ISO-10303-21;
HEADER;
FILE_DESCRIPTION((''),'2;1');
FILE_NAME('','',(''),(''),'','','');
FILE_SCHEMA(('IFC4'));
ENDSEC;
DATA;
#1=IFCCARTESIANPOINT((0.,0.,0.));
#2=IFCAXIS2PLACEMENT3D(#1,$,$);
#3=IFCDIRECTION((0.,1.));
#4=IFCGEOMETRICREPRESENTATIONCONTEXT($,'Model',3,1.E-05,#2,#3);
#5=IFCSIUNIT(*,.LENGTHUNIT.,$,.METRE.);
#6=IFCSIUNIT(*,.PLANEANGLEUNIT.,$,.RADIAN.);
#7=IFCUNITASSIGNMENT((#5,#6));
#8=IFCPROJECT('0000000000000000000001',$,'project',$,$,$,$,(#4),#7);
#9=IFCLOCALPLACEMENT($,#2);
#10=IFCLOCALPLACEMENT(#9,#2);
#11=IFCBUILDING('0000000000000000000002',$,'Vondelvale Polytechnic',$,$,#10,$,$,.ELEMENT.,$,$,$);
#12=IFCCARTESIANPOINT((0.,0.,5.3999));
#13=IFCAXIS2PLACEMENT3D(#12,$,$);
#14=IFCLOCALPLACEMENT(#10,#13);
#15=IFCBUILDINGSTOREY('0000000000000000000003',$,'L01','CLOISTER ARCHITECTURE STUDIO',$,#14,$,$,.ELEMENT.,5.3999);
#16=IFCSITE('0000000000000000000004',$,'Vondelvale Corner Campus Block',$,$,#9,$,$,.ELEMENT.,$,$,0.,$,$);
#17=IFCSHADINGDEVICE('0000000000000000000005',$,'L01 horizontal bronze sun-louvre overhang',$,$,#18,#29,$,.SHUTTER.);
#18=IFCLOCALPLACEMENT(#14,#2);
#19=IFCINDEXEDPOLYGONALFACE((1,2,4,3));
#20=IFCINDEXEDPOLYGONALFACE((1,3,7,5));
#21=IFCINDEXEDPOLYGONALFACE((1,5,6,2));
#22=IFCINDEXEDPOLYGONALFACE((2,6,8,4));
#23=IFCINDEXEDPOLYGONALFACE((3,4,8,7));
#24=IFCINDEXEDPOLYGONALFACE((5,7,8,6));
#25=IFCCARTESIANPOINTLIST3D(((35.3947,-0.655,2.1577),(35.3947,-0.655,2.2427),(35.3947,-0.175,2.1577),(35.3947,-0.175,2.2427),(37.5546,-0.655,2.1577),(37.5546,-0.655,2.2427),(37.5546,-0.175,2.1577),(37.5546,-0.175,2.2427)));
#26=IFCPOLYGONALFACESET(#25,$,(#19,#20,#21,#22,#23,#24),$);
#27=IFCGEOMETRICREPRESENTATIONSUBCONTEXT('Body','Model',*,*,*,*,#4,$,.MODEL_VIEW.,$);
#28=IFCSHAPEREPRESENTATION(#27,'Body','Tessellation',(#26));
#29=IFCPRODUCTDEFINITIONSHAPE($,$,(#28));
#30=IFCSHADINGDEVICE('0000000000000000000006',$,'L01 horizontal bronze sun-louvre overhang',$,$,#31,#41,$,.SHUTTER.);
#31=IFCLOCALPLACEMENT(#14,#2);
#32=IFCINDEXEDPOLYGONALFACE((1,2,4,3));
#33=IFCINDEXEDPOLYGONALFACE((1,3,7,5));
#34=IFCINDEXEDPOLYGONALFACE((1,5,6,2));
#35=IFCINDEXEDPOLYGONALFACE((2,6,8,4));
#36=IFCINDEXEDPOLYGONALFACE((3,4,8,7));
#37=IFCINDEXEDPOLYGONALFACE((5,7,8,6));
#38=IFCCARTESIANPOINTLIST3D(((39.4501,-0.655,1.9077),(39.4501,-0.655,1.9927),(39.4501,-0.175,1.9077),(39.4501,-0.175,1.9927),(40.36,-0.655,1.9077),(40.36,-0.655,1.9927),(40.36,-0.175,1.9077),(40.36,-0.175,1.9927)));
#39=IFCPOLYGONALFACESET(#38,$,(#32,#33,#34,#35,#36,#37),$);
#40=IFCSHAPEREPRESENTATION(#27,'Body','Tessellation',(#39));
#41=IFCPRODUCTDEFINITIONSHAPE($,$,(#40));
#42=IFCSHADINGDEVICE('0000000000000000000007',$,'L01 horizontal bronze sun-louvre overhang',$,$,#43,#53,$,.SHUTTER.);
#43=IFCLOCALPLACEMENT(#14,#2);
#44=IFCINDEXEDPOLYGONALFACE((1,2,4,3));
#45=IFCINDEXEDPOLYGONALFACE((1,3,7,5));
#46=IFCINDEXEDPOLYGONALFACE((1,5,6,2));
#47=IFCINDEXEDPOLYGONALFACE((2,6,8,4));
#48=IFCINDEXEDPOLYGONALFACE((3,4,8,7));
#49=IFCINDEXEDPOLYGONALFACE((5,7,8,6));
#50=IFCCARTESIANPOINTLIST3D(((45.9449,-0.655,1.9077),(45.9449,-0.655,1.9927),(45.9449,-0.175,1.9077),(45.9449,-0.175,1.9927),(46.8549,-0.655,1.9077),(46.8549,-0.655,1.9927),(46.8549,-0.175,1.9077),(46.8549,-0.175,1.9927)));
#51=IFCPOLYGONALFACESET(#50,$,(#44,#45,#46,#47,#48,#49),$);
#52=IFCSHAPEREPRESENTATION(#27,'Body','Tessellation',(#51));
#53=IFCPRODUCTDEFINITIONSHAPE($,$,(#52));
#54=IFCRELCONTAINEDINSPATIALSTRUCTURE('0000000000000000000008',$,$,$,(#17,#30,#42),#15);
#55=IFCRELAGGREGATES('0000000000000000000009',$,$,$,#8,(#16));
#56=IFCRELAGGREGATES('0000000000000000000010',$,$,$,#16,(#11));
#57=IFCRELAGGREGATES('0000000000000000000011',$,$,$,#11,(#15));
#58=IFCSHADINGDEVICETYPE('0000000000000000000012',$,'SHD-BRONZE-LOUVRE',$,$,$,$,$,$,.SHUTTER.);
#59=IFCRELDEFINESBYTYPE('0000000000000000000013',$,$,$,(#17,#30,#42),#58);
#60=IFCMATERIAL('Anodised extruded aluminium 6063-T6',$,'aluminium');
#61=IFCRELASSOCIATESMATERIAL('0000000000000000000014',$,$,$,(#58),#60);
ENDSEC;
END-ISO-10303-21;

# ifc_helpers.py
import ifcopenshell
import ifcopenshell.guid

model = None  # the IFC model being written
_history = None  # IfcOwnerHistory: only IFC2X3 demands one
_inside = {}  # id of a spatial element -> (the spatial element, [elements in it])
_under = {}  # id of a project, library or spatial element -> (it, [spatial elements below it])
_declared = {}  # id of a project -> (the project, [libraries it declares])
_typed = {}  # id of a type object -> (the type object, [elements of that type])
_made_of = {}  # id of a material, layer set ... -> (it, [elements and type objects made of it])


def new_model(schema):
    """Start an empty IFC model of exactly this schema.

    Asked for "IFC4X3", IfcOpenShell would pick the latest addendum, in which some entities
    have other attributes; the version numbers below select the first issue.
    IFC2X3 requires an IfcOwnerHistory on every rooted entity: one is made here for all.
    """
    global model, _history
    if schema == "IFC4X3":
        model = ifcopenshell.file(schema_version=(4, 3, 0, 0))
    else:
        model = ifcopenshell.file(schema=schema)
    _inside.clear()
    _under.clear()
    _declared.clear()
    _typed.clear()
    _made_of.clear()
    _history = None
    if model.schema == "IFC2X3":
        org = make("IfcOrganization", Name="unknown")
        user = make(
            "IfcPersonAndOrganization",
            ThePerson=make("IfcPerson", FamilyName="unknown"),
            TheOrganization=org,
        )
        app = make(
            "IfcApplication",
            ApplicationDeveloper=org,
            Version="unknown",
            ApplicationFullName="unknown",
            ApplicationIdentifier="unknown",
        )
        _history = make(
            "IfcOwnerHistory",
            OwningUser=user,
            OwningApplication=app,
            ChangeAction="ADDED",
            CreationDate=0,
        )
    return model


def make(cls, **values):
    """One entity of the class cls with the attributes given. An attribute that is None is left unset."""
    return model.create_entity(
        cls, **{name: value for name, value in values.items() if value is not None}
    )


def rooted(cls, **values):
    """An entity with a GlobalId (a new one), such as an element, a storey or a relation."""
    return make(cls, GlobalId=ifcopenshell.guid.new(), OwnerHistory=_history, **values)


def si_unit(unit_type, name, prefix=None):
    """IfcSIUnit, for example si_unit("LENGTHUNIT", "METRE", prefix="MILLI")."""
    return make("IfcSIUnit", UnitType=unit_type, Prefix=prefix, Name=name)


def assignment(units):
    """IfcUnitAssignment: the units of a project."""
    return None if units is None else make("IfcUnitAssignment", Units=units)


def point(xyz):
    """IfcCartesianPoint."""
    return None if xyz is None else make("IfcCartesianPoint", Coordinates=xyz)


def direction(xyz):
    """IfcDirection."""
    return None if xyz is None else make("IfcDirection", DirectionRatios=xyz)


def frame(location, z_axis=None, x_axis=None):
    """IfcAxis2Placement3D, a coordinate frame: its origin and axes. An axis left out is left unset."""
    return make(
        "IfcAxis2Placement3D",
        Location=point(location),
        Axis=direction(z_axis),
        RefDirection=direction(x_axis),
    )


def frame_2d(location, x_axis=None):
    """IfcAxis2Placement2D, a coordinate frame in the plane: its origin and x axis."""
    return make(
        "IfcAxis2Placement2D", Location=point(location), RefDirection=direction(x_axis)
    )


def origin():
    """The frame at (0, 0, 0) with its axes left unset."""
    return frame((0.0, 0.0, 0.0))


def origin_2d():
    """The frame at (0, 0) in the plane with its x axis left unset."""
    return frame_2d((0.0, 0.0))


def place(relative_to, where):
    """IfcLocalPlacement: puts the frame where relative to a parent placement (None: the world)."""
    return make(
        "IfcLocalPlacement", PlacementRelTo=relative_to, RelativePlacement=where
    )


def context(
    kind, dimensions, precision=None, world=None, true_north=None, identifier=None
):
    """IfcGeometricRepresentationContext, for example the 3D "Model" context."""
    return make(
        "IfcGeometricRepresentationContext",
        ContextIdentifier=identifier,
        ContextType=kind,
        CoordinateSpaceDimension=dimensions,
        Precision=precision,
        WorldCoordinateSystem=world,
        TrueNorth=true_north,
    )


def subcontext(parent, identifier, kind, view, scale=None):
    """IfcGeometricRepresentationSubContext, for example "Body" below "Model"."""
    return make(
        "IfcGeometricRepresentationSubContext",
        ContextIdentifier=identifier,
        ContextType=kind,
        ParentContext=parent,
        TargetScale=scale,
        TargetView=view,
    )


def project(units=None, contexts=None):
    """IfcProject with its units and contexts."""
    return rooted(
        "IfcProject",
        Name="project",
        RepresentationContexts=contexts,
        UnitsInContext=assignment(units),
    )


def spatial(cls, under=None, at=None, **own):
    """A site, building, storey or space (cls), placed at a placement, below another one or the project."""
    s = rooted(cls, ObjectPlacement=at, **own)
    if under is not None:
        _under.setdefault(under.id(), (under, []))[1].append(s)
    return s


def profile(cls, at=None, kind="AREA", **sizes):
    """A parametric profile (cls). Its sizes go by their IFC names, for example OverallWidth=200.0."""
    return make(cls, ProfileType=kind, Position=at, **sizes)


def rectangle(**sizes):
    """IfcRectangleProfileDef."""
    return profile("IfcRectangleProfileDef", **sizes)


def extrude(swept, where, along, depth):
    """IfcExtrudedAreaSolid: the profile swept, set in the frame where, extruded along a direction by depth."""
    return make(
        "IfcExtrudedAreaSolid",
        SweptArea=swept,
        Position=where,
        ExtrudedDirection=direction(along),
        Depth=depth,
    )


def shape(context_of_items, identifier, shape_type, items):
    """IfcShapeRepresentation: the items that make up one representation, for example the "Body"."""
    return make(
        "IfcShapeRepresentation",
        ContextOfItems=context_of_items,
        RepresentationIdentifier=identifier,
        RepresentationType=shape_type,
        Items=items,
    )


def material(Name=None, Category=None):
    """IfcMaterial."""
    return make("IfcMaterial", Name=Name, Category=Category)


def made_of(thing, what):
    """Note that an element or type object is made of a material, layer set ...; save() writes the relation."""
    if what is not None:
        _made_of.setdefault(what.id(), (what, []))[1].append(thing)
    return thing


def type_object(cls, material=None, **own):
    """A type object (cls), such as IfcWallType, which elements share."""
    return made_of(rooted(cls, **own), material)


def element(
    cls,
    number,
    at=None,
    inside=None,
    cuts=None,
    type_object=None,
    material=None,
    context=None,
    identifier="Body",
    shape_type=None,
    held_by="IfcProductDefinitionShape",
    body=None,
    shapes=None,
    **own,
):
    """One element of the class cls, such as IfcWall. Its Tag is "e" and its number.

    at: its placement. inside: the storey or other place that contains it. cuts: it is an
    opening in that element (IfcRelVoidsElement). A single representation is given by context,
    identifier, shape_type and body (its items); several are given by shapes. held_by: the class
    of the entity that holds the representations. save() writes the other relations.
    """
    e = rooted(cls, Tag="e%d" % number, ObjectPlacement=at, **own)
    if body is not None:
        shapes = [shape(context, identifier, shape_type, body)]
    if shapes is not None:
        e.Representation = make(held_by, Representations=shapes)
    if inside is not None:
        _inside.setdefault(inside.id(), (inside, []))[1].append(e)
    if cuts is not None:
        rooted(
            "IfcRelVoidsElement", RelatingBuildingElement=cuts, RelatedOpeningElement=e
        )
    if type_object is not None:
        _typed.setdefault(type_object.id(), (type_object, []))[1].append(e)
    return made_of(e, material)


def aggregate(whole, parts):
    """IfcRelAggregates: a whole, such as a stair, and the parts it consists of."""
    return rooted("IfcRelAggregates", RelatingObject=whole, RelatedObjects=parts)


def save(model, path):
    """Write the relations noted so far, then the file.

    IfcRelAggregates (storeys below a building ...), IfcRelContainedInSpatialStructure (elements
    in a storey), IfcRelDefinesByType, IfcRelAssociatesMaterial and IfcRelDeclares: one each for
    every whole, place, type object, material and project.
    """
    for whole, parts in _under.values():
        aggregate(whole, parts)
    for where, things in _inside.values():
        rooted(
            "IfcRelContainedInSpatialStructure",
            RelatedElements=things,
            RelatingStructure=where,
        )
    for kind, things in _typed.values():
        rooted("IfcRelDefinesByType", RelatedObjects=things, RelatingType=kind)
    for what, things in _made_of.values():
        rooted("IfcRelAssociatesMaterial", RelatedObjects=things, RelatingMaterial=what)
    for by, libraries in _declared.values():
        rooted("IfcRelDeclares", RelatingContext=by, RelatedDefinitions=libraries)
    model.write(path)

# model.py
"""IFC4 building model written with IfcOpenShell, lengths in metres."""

from ifc_helpers import new_model, si_unit, direction, frame, origin, origin_2d, place, context, subcontext, project, spatial, rectangle, extrude, material, type_object, element, save


model = new_model("IFC4")

# Units and contexts
model_context = context("Model", 3, precision=1e-05, world=origin(), true_north=direction((0.0, 1.0)))
body_context = subcontext(model_context, "Body", "Model", "MODEL_VIEW")
ifc_project = project(units=[si_unit("LENGTHUNIT", "METRE"), si_unit("PLANEANGLEUNIT", "RADIAN")], contexts=[model_context])

# Site, building, storey
site_placement = place(None, origin())
site = spatial("IfcSite", under=ifc_project, at=site_placement, Name="Vondelvale Corner Campus Block", CompositionType="ELEMENT", RefElevation=0.0)
building_placement = place(site_placement, origin())
building = spatial("IfcBuilding", under=site, at=building_placement, Name="Vondelvale Polytechnic", CompositionType="ELEMENT")
storey_placement = place(building_placement, frame((0.0, 0.0, 5.3999)))
storey = spatial("IfcBuildingStorey", under=building, at=storey_placement, Name="L01", Description="CLOISTER ARCHITECTURE STUDIO", CompositionType="ELEMENT", Elevation=5.3999)

# Shading devices
ifc_material_1 = material(Name="Anodised extruded aluminium 6063-T6", Category="aluminium")
shading_device_type = type_object("IfcShadingDeviceType", Name="SHD-BRONZE-LOUVRE", PredefinedType="SHUTTER", material=ifc_material_1)
for number, where, z_axis, x_axis, name in (
    (1, (36.4746, -0.415, 2.1577), (0.0, 0.0, 1.0), (-1.0, 0.0, 0.0), "L01 horizontal bronze sun-louvre overhang"),
):
    element("IfcShadingDevice", number, at=place(storey_placement, frame(where, z_axis=z_axis, x_axis=x_axis)), inside=storey, type_object=shading_device_type, Name=name, PredefinedType="SHUTTER", context=body_context, shape_type="SweptSolid", body=[
        extrude(rectangle(XDim=2.1599, YDim=0.48, at=origin_2d()), origin(), (0.0, 0.0, 1.0), 0.085),
    ])
for number, where, z_axis, x_axis, name in (
    (2, (39.905, -0.415, 1.9077), (0.0, 0.0, 1.0), (-1.0, 0.0, 0.0), "L01 horizontal bronze sun-louvre overhang"),
    (3, (46.3999, -0.415, 1.9077), (0.0, 0.0, 1.0), (-1.0, 0.0, 0.0), "L01 horizontal bronze sun-louvre overhang"),
):
    element("IfcShadingDevice", number, at=place(storey_placement, frame(where, z_axis=z_axis, x_axis=x_axis)), inside=storey, type_object=shading_device_type, Name=name, PredefinedType="SHUTTER", context=body_context, shape_type="SweptSolid", body=[
        extrude(rectangle(XDim=0.9099, YDim=0.48, at=origin_2d()), origin(), (0.0, 0.0, 1.0), 0.085),
    ])

save(model, "model.ifc")
